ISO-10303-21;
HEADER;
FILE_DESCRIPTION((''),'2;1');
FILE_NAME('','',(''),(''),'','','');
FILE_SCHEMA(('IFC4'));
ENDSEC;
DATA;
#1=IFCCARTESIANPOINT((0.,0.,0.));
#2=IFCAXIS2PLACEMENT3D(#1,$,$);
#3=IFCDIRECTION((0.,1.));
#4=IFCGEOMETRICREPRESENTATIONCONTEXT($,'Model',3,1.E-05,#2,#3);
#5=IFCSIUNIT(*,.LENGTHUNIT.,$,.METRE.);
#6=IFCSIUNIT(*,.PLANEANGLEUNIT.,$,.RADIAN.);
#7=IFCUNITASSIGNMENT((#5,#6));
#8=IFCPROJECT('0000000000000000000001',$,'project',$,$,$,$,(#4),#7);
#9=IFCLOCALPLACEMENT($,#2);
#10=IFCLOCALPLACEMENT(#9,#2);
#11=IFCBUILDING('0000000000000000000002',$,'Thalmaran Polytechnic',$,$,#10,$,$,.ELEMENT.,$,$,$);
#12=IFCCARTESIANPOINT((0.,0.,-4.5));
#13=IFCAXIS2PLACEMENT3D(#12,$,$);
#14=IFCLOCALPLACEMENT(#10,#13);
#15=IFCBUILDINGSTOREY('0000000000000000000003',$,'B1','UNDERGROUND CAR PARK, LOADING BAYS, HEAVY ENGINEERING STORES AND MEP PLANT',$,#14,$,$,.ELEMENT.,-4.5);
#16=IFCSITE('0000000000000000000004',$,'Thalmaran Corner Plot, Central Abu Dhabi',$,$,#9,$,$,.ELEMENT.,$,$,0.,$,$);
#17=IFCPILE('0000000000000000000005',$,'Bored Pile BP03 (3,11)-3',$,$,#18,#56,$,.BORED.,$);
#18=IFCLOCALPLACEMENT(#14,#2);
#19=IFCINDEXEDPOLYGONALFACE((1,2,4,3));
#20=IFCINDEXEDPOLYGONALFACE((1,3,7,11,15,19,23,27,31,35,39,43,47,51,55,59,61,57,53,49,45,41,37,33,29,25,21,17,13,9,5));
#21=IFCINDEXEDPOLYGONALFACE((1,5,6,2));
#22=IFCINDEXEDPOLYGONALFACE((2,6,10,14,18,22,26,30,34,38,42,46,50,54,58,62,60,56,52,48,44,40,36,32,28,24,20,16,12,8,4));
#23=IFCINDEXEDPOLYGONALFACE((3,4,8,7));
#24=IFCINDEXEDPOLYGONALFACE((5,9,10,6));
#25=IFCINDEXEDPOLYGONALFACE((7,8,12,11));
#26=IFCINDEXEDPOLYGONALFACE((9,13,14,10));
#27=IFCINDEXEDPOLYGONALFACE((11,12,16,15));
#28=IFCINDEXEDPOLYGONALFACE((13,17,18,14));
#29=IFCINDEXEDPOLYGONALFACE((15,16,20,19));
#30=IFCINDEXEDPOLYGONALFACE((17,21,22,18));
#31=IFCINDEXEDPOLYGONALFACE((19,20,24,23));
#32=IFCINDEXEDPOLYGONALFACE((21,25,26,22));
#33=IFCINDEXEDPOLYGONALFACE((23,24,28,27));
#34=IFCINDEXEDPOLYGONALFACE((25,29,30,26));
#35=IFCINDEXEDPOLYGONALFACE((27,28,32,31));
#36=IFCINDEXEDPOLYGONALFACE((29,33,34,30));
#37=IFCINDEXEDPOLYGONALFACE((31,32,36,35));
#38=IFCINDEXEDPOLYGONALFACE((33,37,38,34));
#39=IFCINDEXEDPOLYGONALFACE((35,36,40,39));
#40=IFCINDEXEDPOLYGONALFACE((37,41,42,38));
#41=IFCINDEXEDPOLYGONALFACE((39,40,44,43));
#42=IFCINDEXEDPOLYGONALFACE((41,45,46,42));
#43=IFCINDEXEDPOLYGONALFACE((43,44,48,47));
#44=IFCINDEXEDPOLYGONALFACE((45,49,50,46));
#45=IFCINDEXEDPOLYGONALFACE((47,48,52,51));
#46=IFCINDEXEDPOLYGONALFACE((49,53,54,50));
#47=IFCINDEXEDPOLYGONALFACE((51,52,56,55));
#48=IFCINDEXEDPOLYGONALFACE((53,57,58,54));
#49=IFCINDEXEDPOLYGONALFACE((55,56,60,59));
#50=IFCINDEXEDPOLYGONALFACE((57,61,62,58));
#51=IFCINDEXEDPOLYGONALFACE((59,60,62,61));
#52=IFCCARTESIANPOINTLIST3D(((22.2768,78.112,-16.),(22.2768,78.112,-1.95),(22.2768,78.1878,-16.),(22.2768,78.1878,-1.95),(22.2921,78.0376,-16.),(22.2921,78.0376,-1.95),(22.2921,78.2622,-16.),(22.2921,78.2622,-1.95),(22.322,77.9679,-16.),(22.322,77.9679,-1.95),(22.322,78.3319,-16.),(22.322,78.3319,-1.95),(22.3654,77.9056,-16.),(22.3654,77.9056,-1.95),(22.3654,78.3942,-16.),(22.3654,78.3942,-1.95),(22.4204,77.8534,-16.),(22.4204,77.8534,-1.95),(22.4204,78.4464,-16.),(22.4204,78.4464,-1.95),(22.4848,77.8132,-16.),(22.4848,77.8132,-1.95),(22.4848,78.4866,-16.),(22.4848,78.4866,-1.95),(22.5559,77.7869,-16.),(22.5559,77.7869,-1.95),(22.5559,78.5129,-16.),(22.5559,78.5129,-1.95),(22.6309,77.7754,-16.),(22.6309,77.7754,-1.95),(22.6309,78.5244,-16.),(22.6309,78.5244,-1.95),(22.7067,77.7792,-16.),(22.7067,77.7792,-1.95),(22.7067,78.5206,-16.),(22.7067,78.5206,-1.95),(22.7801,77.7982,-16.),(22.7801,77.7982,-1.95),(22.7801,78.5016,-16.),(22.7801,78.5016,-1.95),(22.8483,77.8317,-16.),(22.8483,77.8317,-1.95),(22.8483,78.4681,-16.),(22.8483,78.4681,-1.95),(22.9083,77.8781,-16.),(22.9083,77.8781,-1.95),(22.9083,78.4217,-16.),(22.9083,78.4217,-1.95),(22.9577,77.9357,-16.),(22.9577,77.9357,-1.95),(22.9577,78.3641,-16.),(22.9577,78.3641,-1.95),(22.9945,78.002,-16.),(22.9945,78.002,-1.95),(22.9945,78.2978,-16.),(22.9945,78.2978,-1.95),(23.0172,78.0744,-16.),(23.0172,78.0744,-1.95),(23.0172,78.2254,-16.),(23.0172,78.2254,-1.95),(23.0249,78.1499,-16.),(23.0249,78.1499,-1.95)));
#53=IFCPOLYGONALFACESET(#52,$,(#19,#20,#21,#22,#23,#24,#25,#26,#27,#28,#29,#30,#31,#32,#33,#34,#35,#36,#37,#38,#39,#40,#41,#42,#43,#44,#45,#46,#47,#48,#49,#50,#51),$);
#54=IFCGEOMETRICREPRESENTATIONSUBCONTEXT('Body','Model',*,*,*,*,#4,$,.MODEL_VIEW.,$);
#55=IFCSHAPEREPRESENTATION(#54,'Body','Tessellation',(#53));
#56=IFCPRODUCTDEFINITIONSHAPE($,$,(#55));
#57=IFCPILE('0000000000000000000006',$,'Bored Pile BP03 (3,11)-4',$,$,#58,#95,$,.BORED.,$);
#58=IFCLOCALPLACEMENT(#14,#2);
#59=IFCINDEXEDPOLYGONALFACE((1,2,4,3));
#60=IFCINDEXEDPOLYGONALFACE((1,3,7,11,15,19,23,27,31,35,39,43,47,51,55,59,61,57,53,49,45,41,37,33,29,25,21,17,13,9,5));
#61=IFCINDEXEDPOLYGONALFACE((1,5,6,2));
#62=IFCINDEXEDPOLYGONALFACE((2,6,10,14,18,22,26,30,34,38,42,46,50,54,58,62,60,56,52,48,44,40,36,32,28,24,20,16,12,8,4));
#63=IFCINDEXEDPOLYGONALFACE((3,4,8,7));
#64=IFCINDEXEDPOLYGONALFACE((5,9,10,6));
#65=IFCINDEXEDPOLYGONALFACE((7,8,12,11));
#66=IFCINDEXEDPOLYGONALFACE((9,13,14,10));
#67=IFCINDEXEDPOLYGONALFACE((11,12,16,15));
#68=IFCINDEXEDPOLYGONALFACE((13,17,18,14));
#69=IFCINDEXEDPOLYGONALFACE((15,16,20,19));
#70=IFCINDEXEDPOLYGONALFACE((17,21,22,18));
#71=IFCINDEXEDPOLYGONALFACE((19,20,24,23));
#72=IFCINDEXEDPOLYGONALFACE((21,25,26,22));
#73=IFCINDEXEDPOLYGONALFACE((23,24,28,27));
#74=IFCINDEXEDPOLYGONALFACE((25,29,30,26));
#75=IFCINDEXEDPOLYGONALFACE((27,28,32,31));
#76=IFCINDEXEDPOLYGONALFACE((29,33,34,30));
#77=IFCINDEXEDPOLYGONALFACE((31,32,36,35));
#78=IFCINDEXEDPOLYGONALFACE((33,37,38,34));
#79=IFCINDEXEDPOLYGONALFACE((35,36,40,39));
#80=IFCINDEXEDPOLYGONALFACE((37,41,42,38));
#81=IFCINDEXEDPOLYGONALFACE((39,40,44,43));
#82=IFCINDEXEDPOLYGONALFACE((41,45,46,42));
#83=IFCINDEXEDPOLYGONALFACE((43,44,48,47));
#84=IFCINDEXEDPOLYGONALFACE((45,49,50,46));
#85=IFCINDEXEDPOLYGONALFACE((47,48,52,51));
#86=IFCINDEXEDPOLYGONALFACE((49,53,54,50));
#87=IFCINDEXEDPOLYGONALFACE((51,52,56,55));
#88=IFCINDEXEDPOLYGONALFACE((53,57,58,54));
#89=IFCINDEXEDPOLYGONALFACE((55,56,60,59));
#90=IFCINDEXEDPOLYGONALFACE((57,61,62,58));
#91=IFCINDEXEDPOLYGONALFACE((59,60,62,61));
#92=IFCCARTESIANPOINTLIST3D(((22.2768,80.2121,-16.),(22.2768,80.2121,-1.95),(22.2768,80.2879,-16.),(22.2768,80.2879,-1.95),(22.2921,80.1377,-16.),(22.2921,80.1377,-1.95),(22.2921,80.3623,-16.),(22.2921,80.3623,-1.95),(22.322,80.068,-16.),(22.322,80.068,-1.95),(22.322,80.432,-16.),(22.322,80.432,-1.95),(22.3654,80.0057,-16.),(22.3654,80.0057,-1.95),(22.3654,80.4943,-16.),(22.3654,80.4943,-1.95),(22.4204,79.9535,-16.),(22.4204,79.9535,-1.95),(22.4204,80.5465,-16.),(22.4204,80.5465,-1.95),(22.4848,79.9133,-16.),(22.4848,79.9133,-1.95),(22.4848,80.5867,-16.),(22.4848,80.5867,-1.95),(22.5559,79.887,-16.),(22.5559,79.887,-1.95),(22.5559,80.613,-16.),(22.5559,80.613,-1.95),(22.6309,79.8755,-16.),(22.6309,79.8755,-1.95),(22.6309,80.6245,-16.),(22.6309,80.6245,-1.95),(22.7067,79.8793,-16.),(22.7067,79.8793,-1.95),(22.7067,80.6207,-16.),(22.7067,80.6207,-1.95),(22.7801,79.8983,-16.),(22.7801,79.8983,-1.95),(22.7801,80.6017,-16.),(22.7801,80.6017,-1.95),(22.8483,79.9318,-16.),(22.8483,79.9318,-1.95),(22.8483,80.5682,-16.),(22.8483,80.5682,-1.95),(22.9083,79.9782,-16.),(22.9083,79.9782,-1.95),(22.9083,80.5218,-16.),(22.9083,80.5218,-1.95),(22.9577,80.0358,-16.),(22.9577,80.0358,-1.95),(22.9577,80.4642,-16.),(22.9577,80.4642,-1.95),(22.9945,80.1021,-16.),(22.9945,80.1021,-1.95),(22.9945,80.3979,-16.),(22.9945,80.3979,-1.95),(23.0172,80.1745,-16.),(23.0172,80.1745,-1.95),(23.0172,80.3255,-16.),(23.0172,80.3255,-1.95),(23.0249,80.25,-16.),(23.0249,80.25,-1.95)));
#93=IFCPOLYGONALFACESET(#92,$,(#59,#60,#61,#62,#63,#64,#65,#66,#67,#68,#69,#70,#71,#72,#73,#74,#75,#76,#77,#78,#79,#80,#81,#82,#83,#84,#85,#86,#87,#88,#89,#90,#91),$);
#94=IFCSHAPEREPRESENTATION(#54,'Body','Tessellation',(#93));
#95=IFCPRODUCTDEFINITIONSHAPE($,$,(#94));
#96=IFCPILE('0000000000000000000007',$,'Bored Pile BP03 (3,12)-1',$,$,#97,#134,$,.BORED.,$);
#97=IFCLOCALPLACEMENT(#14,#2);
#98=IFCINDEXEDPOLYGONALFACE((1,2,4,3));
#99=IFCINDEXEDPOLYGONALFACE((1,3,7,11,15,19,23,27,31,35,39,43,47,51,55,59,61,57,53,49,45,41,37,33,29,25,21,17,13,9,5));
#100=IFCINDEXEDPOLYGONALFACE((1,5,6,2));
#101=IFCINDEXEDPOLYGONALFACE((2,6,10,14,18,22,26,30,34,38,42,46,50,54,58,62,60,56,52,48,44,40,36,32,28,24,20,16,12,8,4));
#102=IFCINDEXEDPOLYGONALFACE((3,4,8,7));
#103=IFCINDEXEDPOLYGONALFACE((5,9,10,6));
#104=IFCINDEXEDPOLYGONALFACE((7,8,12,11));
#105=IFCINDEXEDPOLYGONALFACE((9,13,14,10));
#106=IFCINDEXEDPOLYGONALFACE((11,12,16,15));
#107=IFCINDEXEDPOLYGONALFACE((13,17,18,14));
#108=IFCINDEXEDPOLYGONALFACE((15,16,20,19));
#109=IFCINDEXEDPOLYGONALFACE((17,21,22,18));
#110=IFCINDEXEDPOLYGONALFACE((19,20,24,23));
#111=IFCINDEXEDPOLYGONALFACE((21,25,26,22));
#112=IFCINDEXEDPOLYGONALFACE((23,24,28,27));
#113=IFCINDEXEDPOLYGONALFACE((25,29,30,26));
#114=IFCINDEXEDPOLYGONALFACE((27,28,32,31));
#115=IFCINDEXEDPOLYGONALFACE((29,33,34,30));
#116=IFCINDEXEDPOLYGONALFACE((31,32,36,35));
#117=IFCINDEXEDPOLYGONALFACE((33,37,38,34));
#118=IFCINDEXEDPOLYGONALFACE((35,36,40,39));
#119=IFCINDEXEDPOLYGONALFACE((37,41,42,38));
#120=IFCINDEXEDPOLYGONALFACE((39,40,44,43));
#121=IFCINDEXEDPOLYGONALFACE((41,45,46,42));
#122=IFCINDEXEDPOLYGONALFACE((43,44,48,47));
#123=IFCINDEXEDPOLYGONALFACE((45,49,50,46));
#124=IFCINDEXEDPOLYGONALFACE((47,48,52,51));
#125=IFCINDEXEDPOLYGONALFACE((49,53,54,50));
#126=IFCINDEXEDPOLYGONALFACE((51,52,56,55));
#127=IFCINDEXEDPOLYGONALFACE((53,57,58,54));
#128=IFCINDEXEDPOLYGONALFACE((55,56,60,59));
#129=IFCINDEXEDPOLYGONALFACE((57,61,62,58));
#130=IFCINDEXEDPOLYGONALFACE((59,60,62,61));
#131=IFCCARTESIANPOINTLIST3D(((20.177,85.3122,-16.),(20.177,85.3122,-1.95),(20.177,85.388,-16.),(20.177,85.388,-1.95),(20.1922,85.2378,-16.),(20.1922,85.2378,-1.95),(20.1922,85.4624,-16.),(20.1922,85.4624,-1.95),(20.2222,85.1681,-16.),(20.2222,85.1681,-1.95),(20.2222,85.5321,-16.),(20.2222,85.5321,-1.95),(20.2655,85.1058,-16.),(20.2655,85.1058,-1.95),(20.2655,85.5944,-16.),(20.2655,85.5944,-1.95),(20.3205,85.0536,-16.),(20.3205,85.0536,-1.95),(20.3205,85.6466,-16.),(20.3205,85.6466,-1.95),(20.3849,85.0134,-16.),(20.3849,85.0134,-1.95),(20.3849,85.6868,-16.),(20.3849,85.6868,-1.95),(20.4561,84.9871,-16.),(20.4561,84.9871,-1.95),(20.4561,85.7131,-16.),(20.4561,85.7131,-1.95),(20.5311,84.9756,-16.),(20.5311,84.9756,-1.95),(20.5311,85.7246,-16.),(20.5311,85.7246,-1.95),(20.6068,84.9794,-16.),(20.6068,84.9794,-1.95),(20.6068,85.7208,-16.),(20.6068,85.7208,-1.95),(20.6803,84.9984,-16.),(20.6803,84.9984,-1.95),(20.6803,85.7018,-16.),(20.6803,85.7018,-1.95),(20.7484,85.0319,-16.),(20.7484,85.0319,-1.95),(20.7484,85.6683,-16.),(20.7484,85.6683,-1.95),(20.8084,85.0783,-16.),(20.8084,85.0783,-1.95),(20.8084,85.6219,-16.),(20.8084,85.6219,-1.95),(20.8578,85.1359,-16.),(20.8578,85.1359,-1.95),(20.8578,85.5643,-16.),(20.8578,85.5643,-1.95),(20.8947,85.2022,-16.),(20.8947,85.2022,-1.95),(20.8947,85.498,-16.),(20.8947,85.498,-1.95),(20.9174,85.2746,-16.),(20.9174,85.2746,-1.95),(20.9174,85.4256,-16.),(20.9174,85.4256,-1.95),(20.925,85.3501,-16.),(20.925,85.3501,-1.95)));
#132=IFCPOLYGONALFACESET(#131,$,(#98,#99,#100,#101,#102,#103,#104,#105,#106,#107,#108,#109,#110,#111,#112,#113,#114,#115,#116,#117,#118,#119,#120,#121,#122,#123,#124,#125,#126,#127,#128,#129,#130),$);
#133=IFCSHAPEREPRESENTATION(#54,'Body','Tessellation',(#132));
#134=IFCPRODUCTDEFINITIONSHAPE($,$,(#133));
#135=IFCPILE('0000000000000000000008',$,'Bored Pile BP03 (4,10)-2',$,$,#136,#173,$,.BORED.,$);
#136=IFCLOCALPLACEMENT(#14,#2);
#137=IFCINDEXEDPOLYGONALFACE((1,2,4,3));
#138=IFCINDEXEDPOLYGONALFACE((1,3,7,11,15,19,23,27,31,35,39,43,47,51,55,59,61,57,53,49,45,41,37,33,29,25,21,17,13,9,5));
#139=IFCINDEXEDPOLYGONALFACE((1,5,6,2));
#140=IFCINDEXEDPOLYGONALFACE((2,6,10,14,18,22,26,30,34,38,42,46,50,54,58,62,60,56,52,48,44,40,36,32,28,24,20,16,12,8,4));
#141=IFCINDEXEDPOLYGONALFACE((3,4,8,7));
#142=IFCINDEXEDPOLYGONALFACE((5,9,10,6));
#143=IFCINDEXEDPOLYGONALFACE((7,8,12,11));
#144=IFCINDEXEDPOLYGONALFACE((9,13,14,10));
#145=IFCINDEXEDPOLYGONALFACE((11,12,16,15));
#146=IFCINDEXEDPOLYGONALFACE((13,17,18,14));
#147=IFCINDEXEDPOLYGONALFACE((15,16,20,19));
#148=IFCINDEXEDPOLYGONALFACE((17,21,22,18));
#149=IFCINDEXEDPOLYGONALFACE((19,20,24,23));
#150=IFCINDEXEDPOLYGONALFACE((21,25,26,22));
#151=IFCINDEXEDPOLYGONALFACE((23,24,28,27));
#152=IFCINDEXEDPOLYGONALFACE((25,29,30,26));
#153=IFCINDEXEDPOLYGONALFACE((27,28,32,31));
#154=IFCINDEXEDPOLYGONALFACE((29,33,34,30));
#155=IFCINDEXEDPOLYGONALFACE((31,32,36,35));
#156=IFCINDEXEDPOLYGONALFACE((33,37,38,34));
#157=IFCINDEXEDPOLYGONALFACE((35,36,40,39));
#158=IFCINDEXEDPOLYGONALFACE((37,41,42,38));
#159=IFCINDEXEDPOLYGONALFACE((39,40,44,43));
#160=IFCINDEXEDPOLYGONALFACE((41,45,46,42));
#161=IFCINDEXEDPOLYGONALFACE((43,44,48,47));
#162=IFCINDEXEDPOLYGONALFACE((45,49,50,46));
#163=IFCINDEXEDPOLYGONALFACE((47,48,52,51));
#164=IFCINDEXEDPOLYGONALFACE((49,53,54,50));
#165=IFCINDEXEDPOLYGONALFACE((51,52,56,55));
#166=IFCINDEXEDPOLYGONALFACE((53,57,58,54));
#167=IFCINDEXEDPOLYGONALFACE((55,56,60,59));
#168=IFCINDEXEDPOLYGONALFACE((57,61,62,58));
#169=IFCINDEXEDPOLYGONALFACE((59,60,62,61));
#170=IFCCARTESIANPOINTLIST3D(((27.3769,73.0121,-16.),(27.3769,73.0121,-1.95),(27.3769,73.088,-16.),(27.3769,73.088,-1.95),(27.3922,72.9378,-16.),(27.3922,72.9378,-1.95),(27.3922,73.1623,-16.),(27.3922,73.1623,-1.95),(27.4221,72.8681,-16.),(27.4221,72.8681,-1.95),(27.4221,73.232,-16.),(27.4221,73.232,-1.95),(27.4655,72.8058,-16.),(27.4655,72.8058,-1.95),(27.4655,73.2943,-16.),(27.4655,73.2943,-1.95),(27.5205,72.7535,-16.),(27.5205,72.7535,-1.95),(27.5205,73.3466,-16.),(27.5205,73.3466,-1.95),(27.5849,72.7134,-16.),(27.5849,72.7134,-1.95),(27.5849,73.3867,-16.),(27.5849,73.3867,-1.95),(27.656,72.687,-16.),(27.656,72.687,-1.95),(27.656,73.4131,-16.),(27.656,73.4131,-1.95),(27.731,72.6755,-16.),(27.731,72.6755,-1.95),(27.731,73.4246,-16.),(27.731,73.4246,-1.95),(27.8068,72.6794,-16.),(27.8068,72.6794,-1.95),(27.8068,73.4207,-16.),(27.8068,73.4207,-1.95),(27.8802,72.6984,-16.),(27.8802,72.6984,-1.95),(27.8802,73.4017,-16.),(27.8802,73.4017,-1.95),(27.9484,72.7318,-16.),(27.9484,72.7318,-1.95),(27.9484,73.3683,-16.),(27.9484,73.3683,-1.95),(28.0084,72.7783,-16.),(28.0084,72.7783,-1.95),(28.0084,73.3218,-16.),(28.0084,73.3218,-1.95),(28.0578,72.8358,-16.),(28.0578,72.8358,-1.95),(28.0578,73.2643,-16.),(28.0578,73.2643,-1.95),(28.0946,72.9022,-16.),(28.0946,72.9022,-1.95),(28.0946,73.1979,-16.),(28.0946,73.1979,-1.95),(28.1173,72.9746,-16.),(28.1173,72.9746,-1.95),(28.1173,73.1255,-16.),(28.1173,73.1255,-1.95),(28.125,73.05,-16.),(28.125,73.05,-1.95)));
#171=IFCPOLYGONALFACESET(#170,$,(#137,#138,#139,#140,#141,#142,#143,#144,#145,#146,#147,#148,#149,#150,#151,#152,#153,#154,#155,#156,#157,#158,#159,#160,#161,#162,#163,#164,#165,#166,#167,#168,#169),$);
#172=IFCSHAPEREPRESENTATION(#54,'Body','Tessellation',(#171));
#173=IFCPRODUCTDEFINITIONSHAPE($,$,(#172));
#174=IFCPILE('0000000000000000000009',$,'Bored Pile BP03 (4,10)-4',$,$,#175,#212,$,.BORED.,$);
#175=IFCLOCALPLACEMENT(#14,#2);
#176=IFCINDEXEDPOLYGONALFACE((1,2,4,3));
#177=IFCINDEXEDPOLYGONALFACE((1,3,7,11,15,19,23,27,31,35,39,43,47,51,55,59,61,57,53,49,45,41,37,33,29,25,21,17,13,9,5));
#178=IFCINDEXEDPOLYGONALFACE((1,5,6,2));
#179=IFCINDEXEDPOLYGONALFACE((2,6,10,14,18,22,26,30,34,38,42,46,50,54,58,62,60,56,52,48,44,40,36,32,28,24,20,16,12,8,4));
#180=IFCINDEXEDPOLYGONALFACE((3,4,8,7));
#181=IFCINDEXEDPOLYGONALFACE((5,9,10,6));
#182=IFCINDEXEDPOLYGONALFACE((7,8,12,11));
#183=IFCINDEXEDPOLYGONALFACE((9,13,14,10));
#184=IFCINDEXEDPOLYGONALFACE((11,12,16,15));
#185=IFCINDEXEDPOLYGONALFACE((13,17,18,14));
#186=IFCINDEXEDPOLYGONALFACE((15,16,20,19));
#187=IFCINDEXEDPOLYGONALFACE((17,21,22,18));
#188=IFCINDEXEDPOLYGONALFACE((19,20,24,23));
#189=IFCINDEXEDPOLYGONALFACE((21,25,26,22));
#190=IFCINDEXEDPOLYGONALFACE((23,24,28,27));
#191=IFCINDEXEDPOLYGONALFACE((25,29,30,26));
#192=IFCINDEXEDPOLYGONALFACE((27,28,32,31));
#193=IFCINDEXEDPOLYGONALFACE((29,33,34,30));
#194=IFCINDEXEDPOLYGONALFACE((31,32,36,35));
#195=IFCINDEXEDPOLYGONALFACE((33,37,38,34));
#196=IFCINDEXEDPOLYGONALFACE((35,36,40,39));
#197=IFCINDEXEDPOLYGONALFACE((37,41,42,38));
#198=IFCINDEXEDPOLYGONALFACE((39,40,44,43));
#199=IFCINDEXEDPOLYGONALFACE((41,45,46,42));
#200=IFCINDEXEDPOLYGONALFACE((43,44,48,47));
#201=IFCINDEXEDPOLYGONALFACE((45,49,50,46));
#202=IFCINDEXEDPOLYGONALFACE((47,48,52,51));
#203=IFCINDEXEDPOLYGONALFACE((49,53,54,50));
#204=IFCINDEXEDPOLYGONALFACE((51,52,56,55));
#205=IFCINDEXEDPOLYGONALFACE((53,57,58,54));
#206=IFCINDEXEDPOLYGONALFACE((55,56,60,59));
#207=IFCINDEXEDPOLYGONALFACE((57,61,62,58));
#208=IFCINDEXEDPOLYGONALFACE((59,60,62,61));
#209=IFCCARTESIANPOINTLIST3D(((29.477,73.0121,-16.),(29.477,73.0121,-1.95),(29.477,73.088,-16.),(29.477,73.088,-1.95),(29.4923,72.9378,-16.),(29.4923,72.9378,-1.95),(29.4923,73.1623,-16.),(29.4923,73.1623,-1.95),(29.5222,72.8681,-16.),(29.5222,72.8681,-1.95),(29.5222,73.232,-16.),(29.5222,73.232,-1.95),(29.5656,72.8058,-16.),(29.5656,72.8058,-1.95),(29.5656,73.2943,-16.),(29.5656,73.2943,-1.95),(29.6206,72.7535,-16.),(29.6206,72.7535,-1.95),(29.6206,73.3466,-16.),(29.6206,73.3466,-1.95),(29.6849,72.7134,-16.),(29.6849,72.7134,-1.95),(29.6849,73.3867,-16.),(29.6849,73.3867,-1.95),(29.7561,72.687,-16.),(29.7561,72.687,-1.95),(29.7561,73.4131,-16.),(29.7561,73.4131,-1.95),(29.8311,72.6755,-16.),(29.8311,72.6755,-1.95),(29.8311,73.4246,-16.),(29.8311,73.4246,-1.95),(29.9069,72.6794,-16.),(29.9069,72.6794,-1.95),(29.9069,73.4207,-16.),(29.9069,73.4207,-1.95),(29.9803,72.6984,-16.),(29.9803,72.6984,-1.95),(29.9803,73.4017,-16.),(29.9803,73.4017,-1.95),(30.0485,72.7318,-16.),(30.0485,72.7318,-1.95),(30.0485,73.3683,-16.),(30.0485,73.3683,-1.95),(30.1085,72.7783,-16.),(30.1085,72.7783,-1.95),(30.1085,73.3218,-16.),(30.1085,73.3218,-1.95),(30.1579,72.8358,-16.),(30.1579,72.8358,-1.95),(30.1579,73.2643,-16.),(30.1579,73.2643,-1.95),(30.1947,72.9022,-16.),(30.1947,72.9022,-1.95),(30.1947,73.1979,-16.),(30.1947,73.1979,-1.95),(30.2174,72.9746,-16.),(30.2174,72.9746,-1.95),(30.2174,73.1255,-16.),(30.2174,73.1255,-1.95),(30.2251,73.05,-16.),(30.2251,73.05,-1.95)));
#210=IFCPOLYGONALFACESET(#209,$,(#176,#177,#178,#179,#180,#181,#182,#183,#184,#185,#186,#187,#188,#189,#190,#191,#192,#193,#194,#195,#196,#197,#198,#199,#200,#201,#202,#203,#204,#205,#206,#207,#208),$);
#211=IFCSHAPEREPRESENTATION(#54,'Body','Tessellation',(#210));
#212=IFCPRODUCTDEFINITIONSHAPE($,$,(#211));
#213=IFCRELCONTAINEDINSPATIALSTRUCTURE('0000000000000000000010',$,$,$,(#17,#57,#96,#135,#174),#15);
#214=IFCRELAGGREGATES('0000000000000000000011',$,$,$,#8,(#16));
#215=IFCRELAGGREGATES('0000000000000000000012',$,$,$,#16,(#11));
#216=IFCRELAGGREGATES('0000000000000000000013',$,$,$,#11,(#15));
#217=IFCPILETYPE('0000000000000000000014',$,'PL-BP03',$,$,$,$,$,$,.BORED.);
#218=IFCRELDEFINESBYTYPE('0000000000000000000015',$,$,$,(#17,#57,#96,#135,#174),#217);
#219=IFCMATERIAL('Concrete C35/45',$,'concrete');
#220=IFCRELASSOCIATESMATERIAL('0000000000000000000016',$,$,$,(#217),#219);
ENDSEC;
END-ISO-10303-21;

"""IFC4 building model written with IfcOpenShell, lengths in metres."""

from ifc_helpers import new_model, si_unit, direction, frame, origin, origin_2d, place, context, subcontext, project, spatial, circle, extrude, material, material_profile, profile_set, type_object, element, save


model = new_model("IFC4")

# Units and contexts
model_context = context("Model", 3, precision=1e-05, world=origin(), true_north=direction((0.0, 1.0)))
body_context = subcontext(model_context, "Body", "Model", "MODEL_VIEW")
ifc_project = project(units=[si_unit("LENGTHUNIT", "METRE"), si_unit("PLANEANGLEUNIT", "RADIAN")], contexts=[model_context])

# Site, building, storey
site_placement = place(None, origin())
site = spatial("IfcSite", under=ifc_project, at=site_placement, Name="Thalmaran Corner Plot, Central Abu Dhabi", CompositionType="ELEMENT", RefElevation=0.0)
building_placement = place(site_placement, origin())
building = spatial("IfcBuilding", under=site, at=building_placement, Name="Thalmaran Polytechnic", CompositionType="ELEMENT")
storey_placement = place(building_placement, frame((0.0, 0.0, -4.5)))
storey = spatial("IfcBuildingStorey", under=building, at=storey_placement, Name="B1", Description="UNDERGROUND CAR PARK, LOADING BAYS, HEAVY ENGINEERING STORES AND MEP PLANT", CompositionType="ELEMENT", Elevation=-4.5)

# Piles
ifc_material_1 = material(Name="Concrete C35/45", Category="concrete")
ifc_material_profile_1 = material_profile(ifc_material_1, circle(Radius=0.375, at=origin_2d()), Name="RC 750 DIA")
ifc_profile_set_1 = profile_set([ifc_material_profile_1], Name="Concrete C35/45")
pile_type_1 = type_object("IfcPileType", Name="PL-BP03", PredefinedType="BORED", material=ifc_profile_set_1)
for number, where, z_axis, x_axis, name in (
    (1, (22.6499, 78.1499, -1.95), (0.0, 0.0, -1.0), (1.0, 0.0, 0.0), "Bored Pile BP03 (3,11)-3"),
    (2, (22.6499, 80.25, -1.95), (0.0, 0.0, -1.0), (1.0, 0.0, 0.0), "Bored Pile BP03 (3,11)-4"),
    (3, (20.55, 85.3501, -1.95), (0.0, 0.0, -1.0), (1.0, 0.0, 0.0), "Bored Pile BP03 (3,12)-1"),
    (4, (27.75, 73.05, -1.95), (0.0, 0.0, -1.0), (1.0, 0.0, 0.0), "Bored Pile BP03 (4,10)-2"),
    (5, (29.8501, 73.05, -1.95), (0.0, 0.0, -1.0), (1.0, 0.0, 0.0), "Bored Pile BP03 (4,10)-4"),
):
    element("IfcPile", number, at=place(storey_placement, frame(where, z_axis=z_axis, x_axis=x_axis)), inside=storey, type_object=pile_type_1, Name=name, PredefinedType="BORED", context=body_context, shape_type="SweptSolid", body=[
        extrude(circle(Radius=0.375, at=origin_2d()), origin(), (0.0, 0.0, 1.0), 14.05),
    ])

save(model, "model.ifc")
